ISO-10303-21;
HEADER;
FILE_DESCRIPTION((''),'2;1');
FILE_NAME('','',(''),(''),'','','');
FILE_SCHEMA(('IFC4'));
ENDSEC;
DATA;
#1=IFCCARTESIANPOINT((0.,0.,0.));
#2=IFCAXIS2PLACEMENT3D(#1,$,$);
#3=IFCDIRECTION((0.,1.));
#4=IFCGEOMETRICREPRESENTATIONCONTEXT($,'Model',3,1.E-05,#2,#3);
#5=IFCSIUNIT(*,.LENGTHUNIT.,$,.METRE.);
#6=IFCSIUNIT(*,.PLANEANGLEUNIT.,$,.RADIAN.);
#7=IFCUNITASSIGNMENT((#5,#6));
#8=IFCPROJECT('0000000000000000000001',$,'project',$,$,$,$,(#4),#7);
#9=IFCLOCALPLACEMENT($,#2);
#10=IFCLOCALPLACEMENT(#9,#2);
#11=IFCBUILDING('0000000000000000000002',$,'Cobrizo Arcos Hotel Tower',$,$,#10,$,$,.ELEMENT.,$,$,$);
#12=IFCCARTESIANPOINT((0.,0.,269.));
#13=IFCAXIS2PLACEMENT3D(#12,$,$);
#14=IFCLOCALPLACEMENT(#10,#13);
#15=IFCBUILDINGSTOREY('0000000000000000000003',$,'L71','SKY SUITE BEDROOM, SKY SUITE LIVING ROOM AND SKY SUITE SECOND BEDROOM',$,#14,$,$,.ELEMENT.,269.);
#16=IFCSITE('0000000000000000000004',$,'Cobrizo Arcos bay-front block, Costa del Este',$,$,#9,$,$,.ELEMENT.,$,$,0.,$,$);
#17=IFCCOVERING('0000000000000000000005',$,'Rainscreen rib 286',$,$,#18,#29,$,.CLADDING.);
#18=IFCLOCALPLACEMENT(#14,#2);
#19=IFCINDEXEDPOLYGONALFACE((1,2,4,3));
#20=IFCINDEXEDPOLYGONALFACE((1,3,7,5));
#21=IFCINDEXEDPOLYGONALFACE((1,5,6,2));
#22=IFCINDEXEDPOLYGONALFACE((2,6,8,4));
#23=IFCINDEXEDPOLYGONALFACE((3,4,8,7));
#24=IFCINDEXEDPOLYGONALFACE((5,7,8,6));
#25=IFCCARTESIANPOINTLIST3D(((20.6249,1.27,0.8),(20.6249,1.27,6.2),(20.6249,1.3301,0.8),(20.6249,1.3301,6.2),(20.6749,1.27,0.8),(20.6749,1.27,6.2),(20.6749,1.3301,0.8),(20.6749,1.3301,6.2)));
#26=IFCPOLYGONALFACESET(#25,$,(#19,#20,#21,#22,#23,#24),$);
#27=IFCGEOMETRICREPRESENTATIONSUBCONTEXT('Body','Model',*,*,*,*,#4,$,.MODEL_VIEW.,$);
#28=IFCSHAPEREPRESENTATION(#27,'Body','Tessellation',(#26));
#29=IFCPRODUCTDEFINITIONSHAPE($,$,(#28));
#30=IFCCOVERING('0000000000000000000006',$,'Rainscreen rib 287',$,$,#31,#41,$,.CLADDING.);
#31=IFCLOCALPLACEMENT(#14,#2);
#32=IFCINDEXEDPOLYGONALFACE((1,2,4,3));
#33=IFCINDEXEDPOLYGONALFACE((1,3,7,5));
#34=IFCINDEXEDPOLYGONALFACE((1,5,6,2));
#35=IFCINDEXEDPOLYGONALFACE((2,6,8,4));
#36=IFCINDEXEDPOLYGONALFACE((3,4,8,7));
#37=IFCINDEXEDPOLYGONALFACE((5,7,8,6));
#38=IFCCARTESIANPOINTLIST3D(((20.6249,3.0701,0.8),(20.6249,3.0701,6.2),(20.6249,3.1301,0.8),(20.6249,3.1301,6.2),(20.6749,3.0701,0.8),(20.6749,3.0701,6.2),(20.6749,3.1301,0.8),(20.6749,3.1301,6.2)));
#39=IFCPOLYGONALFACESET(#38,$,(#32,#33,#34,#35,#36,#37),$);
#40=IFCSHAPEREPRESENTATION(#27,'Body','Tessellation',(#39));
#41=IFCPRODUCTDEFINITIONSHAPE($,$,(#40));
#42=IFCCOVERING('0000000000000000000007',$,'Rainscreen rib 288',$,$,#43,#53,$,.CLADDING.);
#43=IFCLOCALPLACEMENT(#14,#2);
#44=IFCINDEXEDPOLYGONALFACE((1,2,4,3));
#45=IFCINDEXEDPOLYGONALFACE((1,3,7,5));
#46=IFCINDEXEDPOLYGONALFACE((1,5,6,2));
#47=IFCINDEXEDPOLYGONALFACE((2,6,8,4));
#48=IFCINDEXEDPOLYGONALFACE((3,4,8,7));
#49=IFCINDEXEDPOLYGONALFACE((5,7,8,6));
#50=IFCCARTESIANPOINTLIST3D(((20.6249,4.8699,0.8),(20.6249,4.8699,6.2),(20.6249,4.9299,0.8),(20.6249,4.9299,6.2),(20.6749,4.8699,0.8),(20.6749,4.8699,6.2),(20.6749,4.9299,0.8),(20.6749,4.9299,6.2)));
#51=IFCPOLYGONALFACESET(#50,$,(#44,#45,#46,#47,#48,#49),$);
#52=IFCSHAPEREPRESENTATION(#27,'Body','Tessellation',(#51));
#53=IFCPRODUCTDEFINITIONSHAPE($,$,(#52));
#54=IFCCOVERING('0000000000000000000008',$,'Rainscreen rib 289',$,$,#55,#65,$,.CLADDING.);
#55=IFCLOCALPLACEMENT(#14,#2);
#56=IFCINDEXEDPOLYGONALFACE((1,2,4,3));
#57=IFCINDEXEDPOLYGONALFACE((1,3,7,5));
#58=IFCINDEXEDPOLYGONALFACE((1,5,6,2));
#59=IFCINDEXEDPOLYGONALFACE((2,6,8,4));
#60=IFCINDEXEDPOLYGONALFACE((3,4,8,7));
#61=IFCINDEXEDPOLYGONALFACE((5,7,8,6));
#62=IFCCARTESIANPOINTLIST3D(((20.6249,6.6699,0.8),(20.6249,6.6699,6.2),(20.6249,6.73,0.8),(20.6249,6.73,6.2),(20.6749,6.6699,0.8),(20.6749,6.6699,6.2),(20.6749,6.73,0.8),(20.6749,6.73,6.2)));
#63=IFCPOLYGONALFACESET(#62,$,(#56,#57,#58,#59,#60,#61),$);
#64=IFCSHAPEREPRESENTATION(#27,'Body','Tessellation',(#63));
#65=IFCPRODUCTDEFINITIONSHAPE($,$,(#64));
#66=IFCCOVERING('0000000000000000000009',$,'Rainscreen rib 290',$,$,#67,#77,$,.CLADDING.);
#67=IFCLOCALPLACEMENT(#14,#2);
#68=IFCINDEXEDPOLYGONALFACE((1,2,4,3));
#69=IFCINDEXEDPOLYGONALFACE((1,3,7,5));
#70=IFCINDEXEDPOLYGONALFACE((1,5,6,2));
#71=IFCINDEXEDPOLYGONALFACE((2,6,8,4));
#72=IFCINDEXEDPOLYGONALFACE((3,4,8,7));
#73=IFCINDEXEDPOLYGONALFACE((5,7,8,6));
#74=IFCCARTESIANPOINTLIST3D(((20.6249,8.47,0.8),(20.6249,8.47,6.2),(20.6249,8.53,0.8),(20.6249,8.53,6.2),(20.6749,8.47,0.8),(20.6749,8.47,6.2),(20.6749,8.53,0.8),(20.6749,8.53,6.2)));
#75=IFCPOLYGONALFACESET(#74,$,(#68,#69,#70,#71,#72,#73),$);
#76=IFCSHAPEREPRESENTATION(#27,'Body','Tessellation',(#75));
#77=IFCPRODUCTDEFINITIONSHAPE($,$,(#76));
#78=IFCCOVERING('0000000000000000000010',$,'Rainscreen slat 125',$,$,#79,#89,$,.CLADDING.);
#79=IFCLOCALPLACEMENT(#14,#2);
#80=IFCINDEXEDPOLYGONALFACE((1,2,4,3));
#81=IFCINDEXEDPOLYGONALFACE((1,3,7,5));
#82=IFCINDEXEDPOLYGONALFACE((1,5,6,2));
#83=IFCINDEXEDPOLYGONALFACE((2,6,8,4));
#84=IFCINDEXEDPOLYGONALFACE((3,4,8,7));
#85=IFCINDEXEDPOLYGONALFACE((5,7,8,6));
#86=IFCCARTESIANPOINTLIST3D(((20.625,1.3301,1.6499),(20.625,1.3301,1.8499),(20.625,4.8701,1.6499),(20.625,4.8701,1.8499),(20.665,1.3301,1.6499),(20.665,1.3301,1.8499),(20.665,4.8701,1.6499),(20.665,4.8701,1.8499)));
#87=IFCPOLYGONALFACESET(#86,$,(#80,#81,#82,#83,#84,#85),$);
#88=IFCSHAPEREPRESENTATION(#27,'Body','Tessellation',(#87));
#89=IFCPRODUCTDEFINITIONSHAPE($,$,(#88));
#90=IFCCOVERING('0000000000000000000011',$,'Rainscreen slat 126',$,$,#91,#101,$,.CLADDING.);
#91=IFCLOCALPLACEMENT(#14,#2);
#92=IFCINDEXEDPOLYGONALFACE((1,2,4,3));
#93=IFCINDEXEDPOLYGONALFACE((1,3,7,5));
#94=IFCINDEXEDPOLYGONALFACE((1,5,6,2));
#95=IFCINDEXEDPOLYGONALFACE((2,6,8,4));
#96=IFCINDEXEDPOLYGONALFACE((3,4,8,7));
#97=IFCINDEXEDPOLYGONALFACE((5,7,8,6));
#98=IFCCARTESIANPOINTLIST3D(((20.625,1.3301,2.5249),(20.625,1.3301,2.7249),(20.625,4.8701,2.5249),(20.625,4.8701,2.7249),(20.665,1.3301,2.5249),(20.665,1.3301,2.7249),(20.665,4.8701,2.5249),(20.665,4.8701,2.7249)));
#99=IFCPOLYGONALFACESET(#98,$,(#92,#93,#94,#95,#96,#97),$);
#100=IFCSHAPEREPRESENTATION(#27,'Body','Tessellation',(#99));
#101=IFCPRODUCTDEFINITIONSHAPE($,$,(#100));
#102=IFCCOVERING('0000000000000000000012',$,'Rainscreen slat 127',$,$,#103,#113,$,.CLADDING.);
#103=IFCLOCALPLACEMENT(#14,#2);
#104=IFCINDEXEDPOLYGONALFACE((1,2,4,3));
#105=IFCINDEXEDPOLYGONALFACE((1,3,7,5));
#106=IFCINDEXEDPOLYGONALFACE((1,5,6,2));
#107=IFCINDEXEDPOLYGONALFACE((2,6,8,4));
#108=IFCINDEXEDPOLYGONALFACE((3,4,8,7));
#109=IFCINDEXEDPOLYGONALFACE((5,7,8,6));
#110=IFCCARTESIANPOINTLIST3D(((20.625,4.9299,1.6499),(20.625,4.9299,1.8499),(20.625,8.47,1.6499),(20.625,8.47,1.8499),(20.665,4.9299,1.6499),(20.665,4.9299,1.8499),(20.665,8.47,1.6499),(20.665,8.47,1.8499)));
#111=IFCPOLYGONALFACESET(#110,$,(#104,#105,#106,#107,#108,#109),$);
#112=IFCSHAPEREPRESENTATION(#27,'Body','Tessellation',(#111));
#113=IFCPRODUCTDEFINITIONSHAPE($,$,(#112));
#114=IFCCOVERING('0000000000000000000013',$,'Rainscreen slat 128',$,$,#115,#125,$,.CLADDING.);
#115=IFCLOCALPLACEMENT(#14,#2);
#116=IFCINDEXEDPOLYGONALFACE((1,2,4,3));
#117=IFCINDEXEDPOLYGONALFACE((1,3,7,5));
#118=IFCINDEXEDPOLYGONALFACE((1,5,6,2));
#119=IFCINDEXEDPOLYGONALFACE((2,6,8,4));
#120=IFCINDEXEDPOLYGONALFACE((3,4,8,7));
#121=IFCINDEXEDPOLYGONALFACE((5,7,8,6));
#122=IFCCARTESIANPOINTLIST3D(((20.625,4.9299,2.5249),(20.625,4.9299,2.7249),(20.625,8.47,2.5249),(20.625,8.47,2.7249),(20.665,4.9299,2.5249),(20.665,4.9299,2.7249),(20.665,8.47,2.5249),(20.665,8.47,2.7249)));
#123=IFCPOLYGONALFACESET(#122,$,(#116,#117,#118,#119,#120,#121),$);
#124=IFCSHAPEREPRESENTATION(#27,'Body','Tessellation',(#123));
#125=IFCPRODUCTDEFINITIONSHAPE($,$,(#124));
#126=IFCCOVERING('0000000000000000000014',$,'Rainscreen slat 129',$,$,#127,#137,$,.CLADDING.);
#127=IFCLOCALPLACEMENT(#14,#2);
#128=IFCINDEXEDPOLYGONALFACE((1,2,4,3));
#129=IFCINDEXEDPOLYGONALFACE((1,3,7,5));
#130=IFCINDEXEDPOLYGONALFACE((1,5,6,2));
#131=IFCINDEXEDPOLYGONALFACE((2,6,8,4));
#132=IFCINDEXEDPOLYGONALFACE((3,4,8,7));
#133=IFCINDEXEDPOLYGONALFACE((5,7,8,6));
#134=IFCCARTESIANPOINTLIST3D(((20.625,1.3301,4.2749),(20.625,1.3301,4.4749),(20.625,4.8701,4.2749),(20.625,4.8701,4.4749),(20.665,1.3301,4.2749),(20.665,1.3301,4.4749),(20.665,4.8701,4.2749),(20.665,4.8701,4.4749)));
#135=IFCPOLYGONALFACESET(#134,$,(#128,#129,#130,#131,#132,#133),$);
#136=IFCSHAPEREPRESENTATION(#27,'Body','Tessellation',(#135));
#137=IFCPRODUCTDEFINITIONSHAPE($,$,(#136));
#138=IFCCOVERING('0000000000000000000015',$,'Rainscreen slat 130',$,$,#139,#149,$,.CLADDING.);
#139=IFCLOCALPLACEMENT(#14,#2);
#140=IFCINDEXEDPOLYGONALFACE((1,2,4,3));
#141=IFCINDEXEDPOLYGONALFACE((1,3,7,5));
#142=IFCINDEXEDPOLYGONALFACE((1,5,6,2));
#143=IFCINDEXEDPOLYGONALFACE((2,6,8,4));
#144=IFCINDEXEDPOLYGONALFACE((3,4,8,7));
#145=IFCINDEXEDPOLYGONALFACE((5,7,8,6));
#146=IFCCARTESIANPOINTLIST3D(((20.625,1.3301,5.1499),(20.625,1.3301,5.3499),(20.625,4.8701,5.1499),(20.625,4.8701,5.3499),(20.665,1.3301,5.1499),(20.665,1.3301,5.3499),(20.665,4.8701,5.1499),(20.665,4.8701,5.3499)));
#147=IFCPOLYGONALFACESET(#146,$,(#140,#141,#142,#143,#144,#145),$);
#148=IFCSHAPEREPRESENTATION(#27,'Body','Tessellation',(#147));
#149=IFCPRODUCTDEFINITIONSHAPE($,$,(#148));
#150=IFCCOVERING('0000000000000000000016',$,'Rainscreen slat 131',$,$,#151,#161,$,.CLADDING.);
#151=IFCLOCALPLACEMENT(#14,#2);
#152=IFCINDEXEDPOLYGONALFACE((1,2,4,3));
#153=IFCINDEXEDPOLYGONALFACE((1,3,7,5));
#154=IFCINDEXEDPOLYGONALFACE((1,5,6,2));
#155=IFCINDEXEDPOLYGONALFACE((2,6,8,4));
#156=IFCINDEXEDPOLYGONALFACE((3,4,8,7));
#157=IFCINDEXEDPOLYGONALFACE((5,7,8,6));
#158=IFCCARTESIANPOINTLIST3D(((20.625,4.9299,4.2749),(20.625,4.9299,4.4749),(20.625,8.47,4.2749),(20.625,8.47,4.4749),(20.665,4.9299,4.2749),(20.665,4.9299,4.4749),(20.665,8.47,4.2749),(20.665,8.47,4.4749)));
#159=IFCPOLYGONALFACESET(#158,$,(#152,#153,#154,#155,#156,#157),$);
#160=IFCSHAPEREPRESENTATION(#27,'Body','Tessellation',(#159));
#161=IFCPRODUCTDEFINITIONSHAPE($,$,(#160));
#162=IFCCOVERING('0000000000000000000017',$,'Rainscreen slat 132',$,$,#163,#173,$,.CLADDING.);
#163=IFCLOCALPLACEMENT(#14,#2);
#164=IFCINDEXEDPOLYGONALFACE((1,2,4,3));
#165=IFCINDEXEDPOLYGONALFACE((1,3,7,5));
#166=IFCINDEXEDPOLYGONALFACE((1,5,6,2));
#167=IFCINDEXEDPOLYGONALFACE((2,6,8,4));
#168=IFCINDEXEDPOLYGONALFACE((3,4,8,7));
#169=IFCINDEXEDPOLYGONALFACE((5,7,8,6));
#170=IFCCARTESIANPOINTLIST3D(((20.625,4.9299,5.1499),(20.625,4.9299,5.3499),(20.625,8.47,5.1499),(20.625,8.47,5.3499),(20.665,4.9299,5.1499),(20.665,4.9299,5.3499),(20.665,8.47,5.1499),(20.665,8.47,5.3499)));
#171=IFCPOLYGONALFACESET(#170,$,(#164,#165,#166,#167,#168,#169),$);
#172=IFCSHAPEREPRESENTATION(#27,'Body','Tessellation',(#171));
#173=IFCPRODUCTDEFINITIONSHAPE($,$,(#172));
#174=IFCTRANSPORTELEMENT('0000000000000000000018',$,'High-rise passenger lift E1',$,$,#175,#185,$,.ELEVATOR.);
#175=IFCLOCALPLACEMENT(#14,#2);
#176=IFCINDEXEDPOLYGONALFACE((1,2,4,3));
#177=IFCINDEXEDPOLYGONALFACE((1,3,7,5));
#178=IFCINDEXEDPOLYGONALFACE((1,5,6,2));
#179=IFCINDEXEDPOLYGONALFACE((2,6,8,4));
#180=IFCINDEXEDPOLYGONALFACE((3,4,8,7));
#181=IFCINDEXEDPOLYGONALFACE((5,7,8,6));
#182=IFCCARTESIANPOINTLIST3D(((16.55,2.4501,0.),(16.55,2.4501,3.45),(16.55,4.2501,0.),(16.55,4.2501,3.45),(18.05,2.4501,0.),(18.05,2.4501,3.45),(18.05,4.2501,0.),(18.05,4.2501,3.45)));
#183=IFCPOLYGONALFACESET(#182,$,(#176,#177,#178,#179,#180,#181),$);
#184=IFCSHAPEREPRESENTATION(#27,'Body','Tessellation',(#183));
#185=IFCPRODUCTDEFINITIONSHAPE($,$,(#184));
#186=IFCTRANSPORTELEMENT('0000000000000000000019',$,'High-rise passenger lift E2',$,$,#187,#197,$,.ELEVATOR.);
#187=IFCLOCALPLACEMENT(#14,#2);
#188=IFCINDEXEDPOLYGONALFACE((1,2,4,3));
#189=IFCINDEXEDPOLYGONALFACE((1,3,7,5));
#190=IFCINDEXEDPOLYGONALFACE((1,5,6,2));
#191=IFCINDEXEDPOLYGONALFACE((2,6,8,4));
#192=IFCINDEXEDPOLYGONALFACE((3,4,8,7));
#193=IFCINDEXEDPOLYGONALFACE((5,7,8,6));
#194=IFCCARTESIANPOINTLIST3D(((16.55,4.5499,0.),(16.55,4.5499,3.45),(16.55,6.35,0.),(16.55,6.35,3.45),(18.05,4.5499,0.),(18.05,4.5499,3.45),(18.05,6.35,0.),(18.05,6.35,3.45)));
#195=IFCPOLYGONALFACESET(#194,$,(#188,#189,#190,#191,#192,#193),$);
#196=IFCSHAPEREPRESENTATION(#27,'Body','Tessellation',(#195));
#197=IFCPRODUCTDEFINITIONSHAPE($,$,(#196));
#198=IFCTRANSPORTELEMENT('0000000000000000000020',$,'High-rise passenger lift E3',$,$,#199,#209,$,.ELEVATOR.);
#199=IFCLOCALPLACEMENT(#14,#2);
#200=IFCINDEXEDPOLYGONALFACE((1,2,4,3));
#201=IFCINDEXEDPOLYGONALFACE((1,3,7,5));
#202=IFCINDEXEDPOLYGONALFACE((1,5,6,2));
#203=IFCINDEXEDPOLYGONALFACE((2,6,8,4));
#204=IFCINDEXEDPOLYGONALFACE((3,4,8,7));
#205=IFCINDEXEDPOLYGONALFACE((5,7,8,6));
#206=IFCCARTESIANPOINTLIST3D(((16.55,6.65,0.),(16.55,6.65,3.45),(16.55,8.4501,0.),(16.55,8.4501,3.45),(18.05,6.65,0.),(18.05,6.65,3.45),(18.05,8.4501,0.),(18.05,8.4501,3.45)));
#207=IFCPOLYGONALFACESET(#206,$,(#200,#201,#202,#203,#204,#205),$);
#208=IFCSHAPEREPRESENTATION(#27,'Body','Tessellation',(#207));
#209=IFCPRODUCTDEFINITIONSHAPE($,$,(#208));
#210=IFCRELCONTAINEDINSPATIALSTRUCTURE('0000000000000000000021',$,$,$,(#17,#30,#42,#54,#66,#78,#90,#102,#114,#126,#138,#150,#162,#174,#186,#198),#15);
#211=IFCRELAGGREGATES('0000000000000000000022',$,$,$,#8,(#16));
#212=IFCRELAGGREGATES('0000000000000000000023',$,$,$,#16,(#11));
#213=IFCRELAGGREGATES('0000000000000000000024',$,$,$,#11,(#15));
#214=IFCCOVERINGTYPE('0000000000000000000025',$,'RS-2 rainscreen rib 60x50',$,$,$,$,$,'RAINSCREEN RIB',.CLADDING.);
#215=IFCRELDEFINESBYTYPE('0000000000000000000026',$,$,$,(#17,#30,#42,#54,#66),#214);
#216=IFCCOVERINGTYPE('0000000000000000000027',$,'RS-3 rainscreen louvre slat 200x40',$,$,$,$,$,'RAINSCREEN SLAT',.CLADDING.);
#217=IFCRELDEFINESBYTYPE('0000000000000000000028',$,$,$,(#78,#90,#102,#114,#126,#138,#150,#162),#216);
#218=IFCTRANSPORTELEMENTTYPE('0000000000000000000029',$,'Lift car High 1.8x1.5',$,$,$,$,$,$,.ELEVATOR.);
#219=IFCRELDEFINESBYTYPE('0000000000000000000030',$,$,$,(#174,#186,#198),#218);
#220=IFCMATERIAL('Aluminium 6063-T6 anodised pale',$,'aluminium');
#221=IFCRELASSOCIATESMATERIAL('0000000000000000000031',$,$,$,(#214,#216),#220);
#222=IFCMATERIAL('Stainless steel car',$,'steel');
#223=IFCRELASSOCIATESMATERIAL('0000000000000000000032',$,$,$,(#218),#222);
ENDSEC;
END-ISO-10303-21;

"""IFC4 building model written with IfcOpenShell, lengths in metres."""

from ifc_helpers import new_model, si_unit, direction, frame, origin, origin_2d, place, context, subcontext, project, spatial, rectangle, extrude, material, type_object, element, save


model = new_model("IFC4")

# Units and contexts
model_context = context("Model", 3, precision=1e-05, world=origin(), true_north=direction((0.0, 1.0)))
body_context = subcontext(model_context, "Body", "Model", "MODEL_VIEW")
ifc_project = project(units=[si_unit("LENGTHUNIT", "METRE"), si_unit("PLANEANGLEUNIT", "RADIAN")], contexts=[model_context])

# Site, building, storey
site_placement = place(None, origin())
site = spatial("IfcSite", under=ifc_project, at=site_placement, Name="Cobrizo Arcos bay-front block, Costa del Este", CompositionType="ELEMENT", RefElevation=0.0)
building_placement = place(site_placement, origin())
building = spatial("IfcBuilding", under=site, at=building_placement, Name="Cobrizo Arcos Hotel Tower", CompositionType="ELEMENT")
storey_placement = place(building_placement, frame((0.0, 0.0, 269.0)))
storey = spatial("IfcBuildingStorey", under=building, at=storey_placement, Name="L71", Description="SKY SUITE BEDROOM, SKY SUITE LIVING ROOM AND SKY SUITE SECOND BEDROOM", CompositionType="ELEMENT", Elevation=269.0)

# Coverings
ifc_material_1 = material(Name="Aluminium 6063-T6 anodised pale", Category="aluminium")
covering_type_1 = type_object("IfcCoveringType", Name="RS-2 rainscreen rib 60x50", ElementType="RAINSCREEN RIB", PredefinedType="CLADDING", material=ifc_material_1)
for number, where, z_axis, x_axis, name in (
    (1, (20.6499, 1.3, 0.8), (0.0, 0.0, 1.0), (0.0, 1.0, 0.0), "Rainscreen rib 286"),
    (2, (20.6499, 3.1001, 0.8), (0.0, 0.0, 1.0), (0.0, 1.0, 0.0), "Rainscreen rib 287"),
    (3, (20.6499, 4.8999, 0.8), (0.0, 0.0, 1.0), (0.0, 1.0, 0.0), "Rainscreen rib 288"),
    (4, (20.6499, 6.7, 0.8), (0.0, 0.0, 1.0), (0.0, 1.0, 0.0), "Rainscreen rib 289"),
    (5, (20.6499, 8.5, 0.8), (0.0, 0.0, 1.0), (0.0, 1.0, 0.0), "Rainscreen rib 290"),
):
    element("IfcCovering", number, at=place(storey_placement, frame(where, z_axis=z_axis, x_axis=x_axis)), inside=storey, type_object=covering_type_1, Name=name, PredefinedType="CLADDING", context=body_context, shape_type="SweptSolid", body=[
        extrude(rectangle(XDim=0.0601, YDim=0.05, at=origin_2d()), origin(), (0.0, 0.0, 1.0), 5.3999),
    ])
covering_type_2 = type_object("IfcCoveringType", Name="RS-3 rainscreen louvre slat 200x40", ElementType="RAINSCREEN SLAT", PredefinedType="CLADDING", material=ifc_material_1)
for number, where, z_axis, x_axis, name in (
    (6, (20.645, 3.1001, 1.6499), (0.0, 0.0, 1.0), (0.0, 1.0, 0.0), "Rainscreen slat 125"),
    (7, (20.645, 3.1001, 2.5249), (0.0, 0.0, 1.0), (0.0, 1.0, 0.0), "Rainscreen slat 126"),
    (8, (20.645, 6.7, 1.6499), (0.0, 0.0, 1.0), (0.0, 1.0, 0.0), "Rainscreen slat 127"),
    (9, (20.645, 6.7, 2.5249), (0.0, 0.0, 1.0), (0.0, 1.0, 0.0), "Rainscreen slat 128"),
    (10, (20.645, 3.1001, 4.2749), (0.0, 0.0, 1.0), (0.0, 1.0, 0.0), "Rainscreen slat 129"),
    (11, (20.645, 3.1001, 5.1499), (0.0, 0.0, 1.0), (0.0, 1.0, 0.0), "Rainscreen slat 130"),
    (12, (20.645, 6.7, 4.2749), (0.0, 0.0, 1.0), (0.0, 1.0, 0.0), "Rainscreen slat 131"),
    (13, (20.645, 6.7, 5.1499), (0.0, 0.0, 1.0), (0.0, 1.0, 0.0), "Rainscreen slat 132"),
):
    element("IfcCovering", number, at=place(storey_placement, frame(where, z_axis=z_axis, x_axis=x_axis)), inside=storey, type_object=covering_type_2, Name=name, PredefinedType="CLADDING", context=body_context, shape_type="SweptSolid", body=[
        extrude(rectangle(XDim=3.54, YDim=0.04, at=origin_2d()), origin(), (0.0, 0.0, 1.0), 0.2),
    ])

# Transport elements
ifc_material_2 = material(Name="Stainless steel car", Category="steel")
transport_element_type = type_object("IfcTransportElementType", Name="Lift car High 1.8x1.5", PredefinedType="ELEVATOR", material=ifc_material_2)
for number, where, z_axis, x_axis, name in (
    (14, (17.3, 3.3501, 0.0), (0.0, 0.0, 1.0), (1.0, 0.0, 0.0), "High-rise passenger lift E1"),
    (15, (17.3, 5.45, 0.0), (0.0, 0.0, 1.0), (1.0, 0.0, 0.0), "High-rise passenger lift E2"),
    (16, (17.3, 7.55, 0.0), (0.0, 0.0, 1.0), (1.0, 0.0, 0.0), "High-rise passenger lift E3"),
):
    element("IfcTransportElement", number, at=place(storey_placement, frame(where, z_axis=z_axis, x_axis=x_axis)), inside=storey, type_object=transport_element_type, Name=name, PredefinedType="ELEVATOR", context=body_context, shape_type="SweptSolid", body=[
        extrude(rectangle(XDim=1.5, YDim=1.8, at=origin_2d()), origin(), (0.0, 0.0, 1.0), 3.45),
    ])

save(model, "model.ifc")
